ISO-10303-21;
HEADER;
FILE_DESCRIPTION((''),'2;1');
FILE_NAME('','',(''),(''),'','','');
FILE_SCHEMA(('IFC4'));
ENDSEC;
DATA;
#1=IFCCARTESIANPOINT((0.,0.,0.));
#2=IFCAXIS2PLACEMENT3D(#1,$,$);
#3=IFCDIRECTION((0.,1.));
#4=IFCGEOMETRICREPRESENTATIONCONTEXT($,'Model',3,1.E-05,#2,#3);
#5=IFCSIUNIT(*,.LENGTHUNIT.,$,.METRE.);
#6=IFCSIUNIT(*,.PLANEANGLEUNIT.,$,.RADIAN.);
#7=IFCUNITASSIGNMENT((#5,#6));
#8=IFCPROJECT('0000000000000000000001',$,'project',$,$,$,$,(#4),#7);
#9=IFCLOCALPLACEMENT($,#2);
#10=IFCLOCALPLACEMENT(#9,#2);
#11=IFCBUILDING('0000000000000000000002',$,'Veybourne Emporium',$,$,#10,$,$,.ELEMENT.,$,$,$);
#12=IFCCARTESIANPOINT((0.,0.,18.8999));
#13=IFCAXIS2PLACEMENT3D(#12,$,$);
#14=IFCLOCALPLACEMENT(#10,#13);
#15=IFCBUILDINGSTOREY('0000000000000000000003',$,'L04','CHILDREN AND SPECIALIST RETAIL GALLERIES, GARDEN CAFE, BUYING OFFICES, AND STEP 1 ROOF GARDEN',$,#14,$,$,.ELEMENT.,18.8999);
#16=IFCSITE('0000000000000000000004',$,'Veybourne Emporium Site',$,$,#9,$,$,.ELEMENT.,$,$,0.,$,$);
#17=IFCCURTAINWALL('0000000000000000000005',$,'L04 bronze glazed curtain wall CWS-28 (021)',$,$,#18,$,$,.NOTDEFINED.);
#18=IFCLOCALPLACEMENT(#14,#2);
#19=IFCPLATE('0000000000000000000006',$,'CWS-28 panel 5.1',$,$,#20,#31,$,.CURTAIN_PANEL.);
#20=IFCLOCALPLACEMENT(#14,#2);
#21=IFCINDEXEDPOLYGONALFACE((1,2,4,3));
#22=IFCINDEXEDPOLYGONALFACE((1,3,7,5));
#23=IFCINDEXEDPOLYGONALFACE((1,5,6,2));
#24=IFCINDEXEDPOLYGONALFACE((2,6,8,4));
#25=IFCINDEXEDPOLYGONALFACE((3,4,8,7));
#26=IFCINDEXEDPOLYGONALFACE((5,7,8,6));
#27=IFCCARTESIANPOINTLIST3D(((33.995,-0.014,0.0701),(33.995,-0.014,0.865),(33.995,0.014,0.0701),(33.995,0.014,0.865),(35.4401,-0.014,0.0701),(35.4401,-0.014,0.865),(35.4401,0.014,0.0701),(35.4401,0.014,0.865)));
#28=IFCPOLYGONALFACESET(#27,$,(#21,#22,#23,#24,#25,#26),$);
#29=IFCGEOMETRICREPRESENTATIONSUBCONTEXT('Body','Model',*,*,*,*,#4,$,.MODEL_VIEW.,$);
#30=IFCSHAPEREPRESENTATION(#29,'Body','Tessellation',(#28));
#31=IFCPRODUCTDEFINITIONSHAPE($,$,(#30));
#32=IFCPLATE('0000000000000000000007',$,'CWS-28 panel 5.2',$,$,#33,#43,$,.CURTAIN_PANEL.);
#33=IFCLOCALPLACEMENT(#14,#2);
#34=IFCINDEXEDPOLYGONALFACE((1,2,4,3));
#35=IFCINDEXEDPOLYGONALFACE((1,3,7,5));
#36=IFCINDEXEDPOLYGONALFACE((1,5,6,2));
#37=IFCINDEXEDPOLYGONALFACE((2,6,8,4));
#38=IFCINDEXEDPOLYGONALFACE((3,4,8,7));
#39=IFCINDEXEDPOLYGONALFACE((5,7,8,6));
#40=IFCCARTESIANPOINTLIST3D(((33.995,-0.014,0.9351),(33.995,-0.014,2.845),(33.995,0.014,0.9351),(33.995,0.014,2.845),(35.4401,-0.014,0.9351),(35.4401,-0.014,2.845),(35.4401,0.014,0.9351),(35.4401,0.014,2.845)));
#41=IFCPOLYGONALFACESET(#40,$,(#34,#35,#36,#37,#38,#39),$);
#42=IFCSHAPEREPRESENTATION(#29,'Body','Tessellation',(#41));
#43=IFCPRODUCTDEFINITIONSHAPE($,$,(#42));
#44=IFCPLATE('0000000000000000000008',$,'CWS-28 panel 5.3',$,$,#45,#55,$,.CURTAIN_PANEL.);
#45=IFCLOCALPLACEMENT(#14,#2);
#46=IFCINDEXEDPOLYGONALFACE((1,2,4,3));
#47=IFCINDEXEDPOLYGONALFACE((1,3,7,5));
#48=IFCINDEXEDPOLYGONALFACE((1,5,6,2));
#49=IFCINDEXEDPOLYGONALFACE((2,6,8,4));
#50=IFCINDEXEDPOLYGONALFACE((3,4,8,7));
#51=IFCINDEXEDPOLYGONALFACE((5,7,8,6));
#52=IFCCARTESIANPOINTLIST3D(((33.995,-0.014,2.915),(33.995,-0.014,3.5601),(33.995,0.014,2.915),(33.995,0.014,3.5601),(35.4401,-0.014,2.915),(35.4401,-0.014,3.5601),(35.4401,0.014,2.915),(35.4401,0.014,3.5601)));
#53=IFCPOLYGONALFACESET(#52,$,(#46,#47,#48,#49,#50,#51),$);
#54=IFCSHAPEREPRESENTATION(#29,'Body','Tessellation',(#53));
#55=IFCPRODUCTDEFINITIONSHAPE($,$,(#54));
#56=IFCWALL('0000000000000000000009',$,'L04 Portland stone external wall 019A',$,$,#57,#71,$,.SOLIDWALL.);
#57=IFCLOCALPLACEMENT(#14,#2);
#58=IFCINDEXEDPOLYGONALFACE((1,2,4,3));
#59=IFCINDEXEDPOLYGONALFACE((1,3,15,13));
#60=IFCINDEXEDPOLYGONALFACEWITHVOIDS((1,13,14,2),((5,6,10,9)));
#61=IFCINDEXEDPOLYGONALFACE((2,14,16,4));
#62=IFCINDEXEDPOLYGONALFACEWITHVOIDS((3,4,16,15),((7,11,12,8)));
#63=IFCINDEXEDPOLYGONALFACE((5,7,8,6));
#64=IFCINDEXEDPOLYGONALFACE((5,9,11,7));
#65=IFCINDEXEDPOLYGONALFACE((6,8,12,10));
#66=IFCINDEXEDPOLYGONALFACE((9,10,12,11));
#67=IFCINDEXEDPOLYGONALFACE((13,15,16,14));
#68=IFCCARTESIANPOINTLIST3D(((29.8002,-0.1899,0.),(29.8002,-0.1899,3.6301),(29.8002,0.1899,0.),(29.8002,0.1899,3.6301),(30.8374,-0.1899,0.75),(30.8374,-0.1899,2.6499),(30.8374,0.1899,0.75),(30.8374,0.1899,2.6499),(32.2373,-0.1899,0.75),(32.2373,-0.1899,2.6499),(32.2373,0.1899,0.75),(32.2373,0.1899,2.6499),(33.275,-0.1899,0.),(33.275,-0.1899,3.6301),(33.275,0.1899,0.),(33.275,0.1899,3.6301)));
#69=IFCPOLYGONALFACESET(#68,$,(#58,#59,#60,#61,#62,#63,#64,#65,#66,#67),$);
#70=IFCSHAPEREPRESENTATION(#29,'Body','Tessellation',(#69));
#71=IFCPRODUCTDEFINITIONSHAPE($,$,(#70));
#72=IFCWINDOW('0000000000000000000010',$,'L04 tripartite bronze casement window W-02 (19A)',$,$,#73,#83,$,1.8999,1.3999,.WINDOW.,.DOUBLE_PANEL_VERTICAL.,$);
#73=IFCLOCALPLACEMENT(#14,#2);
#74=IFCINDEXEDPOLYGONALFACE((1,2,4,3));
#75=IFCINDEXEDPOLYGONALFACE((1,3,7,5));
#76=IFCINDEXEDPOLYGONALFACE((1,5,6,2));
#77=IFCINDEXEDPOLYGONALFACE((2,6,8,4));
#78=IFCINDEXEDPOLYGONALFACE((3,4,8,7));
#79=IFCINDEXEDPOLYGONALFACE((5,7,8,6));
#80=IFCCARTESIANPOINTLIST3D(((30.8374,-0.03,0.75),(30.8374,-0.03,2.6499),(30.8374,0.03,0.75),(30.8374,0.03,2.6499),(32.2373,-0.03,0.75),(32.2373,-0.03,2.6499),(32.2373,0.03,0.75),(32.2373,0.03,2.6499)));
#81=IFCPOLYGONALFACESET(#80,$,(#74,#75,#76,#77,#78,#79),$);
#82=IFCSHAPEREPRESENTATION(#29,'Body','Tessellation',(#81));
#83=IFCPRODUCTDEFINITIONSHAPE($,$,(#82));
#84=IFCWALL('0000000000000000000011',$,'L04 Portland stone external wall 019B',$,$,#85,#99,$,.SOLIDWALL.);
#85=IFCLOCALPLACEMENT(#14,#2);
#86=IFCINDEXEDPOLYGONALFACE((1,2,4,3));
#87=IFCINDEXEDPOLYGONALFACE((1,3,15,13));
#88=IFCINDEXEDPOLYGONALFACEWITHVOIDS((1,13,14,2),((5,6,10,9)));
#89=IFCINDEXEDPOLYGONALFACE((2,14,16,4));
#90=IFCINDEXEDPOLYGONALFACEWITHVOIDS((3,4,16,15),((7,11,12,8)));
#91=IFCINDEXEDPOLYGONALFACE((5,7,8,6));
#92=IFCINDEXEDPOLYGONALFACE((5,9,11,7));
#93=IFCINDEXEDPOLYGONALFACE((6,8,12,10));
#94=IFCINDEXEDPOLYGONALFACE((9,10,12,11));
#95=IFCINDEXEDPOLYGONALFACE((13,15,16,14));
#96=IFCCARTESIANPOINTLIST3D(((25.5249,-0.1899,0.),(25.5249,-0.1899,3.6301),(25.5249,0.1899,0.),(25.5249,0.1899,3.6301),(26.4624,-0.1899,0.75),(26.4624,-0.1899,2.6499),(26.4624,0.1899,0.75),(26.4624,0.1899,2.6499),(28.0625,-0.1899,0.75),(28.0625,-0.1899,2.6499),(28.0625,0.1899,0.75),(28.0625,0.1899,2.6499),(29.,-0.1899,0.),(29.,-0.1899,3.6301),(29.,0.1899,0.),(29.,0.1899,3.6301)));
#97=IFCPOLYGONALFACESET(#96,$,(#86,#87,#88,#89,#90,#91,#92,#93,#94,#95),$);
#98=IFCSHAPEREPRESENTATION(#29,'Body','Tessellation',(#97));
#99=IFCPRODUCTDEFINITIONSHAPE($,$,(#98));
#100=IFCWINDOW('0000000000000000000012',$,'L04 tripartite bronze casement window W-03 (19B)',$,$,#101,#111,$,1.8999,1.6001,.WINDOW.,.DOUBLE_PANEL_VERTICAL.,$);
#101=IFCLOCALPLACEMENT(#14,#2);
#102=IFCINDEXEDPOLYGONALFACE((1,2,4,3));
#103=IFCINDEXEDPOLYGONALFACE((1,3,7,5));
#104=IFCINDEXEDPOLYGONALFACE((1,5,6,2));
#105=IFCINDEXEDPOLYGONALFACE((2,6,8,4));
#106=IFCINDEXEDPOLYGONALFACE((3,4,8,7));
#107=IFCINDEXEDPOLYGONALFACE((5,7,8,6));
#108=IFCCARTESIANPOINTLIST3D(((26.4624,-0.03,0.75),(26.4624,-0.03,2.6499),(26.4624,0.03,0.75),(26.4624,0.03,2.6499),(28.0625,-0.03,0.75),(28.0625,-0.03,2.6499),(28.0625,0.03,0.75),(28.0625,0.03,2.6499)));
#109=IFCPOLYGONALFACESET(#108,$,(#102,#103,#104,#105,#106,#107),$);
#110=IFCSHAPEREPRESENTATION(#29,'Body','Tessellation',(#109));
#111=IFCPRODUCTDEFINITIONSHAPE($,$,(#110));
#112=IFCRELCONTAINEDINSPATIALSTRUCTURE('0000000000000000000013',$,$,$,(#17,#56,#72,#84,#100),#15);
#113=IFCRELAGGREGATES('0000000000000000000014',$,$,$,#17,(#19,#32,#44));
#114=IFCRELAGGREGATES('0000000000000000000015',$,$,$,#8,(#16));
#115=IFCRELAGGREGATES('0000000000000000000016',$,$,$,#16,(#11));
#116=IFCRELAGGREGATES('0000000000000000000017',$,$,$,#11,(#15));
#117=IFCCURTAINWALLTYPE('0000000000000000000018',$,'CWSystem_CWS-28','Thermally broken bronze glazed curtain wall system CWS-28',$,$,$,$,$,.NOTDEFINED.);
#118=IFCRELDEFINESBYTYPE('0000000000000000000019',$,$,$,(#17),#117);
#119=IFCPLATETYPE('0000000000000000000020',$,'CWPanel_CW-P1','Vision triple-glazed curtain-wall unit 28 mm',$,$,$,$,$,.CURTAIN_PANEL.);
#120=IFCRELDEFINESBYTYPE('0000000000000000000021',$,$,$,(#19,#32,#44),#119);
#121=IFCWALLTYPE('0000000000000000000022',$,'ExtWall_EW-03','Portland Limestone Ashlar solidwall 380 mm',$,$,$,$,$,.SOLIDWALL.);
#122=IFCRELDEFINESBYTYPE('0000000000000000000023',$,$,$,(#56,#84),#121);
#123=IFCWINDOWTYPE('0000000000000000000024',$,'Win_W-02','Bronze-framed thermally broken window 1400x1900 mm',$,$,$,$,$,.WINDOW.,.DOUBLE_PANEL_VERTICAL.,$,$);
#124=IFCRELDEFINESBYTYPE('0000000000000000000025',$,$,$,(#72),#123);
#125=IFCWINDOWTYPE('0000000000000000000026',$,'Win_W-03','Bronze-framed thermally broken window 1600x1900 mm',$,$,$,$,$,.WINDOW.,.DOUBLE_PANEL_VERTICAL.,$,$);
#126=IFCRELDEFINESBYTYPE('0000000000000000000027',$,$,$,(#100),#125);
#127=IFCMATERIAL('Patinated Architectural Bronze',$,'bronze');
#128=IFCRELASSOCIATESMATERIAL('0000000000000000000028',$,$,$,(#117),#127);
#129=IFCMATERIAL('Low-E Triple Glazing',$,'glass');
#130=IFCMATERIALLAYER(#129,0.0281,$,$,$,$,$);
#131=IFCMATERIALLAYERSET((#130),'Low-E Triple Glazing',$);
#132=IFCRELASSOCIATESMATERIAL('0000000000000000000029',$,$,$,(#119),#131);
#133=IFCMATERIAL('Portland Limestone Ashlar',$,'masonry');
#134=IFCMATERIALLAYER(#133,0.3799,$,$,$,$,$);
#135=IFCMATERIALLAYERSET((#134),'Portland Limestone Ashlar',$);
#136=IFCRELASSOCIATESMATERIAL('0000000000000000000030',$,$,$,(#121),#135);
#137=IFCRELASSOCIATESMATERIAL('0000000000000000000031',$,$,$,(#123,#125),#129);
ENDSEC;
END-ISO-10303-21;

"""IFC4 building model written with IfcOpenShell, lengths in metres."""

from ifc_helpers import new_model, si_unit, direction, frame, frame_2d, origin, origin_2d, place, context, subcontext, project, spatial, rectangle, extrude, material, layer, layer_set, type_object, element, fill, aggregate, save


model = new_model("IFC4")

# Units and contexts
model_context = context("Model", 3, precision=1e-05, world=origin(), true_north=direction((0.0, 1.0)))
body_context = subcontext(model_context, "Body", "Model", "MODEL_VIEW")
ifc_project = project(units=[si_unit("LENGTHUNIT", "METRE"), si_unit("PLANEANGLEUNIT", "RADIAN")], contexts=[model_context])

# Site, building, storey
site_placement = place(None, origin())
site = spatial("IfcSite", under=ifc_project, at=site_placement, Name="Veybourne Emporium Site", CompositionType="ELEMENT", RefElevation=0.0)
building_placement = place(site_placement, origin())
building = spatial("IfcBuilding", under=site, at=building_placement, Name="Veybourne Emporium", CompositionType="ELEMENT")
storey_placement = place(building_placement, frame((0.0, 0.0, 18.8999)))
storey = spatial("IfcBuildingStorey", under=building, at=storey_placement, Name="L04", Description="CHILDREN AND SPECIALIST RETAIL GALLERIES, GARDEN CAFE, BUYING OFFICES, AND STEP 1 ROOF GARDEN", CompositionType="ELEMENT", Elevation=18.8999)

# Curtain wall
ifc_material_1 = material(Name="Patinated Architectural Bronze", Category="bronze")
curtain_wall_type = type_object("IfcCurtainWallType", Name="CWSystem_CWS-28", Description="Thermally broken bronze glazed curtain wall system CWS-28", PredefinedType="NOTDEFINED", material=ifc_material_1)
curtain_wall_placement = place(storey_placement, origin())
curtain_wall = element("IfcCurtainWall", 1, at=curtain_wall_placement, inside=storey, type_object=curtain_wall_type, Name="L04 bronze glazed curtain wall CWS-28 (021)", PredefinedType="NOTDEFINED")

# Plates
ifc_material_2 = material(Name="Low-E Triple Glazing", Category="glass")
ifc_layer_1 = layer(ifc_material_2, 0.0281)
ifc_layer_set_1 = layer_set([ifc_layer_1], Name="Low-E Triple Glazing")
plate_type = type_object("IfcPlateType", Name="CWPanel_CW-P1", Description="Vision triple-glazed curtain-wall unit 28 mm", PredefinedType="CURTAIN_PANEL", material=ifc_layer_set_1)
plate_1_placement = place(storey_placement, frame((34.7175, 0.0, 0.0701), z_axis=(0.0, 0.0, 1.0), x_axis=(-1.0, 0.0, 0.0)))
plate_1 = element("IfcPlate", 2, at=plate_1_placement, type_object=plate_type, Name="CWS-28 panel 5.1", PredefinedType="CURTAIN_PANEL", context=body_context, shape_type="SweptSolid", body=[
    extrude(rectangle(XDim=1.4451, YDim=0.0281, at=origin_2d()), origin(), (0.0, 0.0, 1.0), 0.7949),
])
plate_2_placement = place(storey_placement, frame((34.7175, 0.0, 0.9351), z_axis=(0.0, 0.0, 1.0), x_axis=(-1.0, 0.0, 0.0)))
plate_2 = element("IfcPlate", 3, at=plate_2_placement, type_object=plate_type, Name="CWS-28 panel 5.2", PredefinedType="CURTAIN_PANEL", context=body_context, shape_type="SweptSolid", body=[
    extrude(rectangle(XDim=1.4451, YDim=0.0281, at=origin_2d()), origin(), (0.0, 0.0, 1.0), 1.9099),
])
plate_3_placement = place(storey_placement, frame((34.7175, 0.0, 2.915), z_axis=(0.0, 0.0, 1.0), x_axis=(-1.0, 0.0, 0.0)))
plate_3 = element("IfcPlate", 4, at=plate_3_placement, type_object=plate_type, Name="CWS-28 panel 5.3", PredefinedType="CURTAIN_PANEL", context=body_context, shape_type="SweptSolid", body=[
    extrude(rectangle(XDim=1.4451, YDim=0.0281, at=origin_2d()), origin(), (0.0, 0.0, 1.0), 0.645),
])
aggregate(curtain_wall, [plate_1, plate_2, plate_3])

# Walls, openings, windows
ifc_material_3 = material(Name="Portland Limestone Ashlar", Category="masonry")
ifc_layer_2 = layer(ifc_material_3, 0.3799)
ifc_layer_set_2 = layer_set([ifc_layer_2], Name="Portland Limestone Ashlar")
wall_type = type_object("IfcWallType", Name="ExtWall_EW-03", Description="Portland Limestone Ashlar solidwall 380 mm", PredefinedType="SOLIDWALL", material=ifc_layer_set_2)
wall_1_placement = place(storey_placement, frame((33.2749, 0.0, 0.0), z_axis=(0.0, 0.0, 1.0), x_axis=(-1.0, 0.0, 0.0)))
wall_1 = element("IfcWall", 5, at=wall_1_placement, inside=storey, type_object=wall_type, Name="L04 Portland stone external wall 019A", PredefinedType="SOLIDWALL", context=body_context, shape_type="SweptSolid", body=[
    extrude(rectangle(XDim=3.4749, YDim=0.3799, at=frame_2d((1.7373, 0.0))), origin(), (0.0, 0.0, 1.0), 3.6301),
])
opening_1_placement = place(wall_1_placement, frame((1.0376, 0.0, 0.75)))
opening_1 = element("IfcOpeningElement", 6, at=opening_1_placement, cuts=wall_1, PredefinedType="OPENING", context=body_context, shape_type="SweptSolid", body=[
    extrude(rectangle(XDim=1.3999, YDim=1.8999, at=frame_2d((0.7, 0.95))), frame((0.0, 0.21, 0.0), z_axis=(0.0, -1.0, 0.0), x_axis=(1.0, 0.0, 0.0)), (0.0, 0.0, 1.0), 0.4199),
])
window_type_1 = type_object("IfcWindowType", Name="Win_W-02", Description="Bronze-framed thermally broken window 1400x1900 mm", PartitioningType="DOUBLE_PANEL_VERTICAL", PredefinedType="WINDOW", material=ifc_material_2)
window_1_placement = place(opening_1_placement, origin())
window_1 = element("IfcWindow", 7, at=window_1_placement, inside=storey, type_object=window_type_1, Name="L04 tripartite bronze casement window W-02 (19A)", OverallHeight=1.8999, OverallWidth=1.3999, PartitioningType="DOUBLE_PANEL_VERTICAL", PredefinedType="WINDOW", context=body_context, shape_type="SweptSolid", body=[
    extrude(rectangle(XDim=1.3999, YDim=1.8999, at=frame_2d((0.7, 0.95))), frame((0.0, 0.03, 0.0), z_axis=(0.0, -1.0, 0.0), x_axis=(1.0, 0.0, 0.0)), (0.0, 0.0, 1.0), 0.0601),
])
fill(opening_1, window_1)
wall_2_placement = place(storey_placement, frame((29.0, 0.0, 0.0), z_axis=(0.0, 0.0, 1.0), x_axis=(-1.0, 0.0, 0.0)))
wall_2 = element("IfcWall", 8, at=wall_2_placement, inside=storey, type_object=wall_type, Name="L04 Portland stone external wall 019B", PredefinedType="SOLIDWALL", context=body_context, shape_type="SweptSolid", body=[
    extrude(rectangle(XDim=3.4751, YDim=0.3799, at=frame_2d((1.7375, 0.0))), origin(), (0.0, 0.0, 1.0), 3.6301),
])
opening_2_placement = place(wall_2_placement, frame((0.9375, 0.0, 0.75)))
opening_2 = element("IfcOpeningElement", 9, at=opening_2_placement, cuts=wall_2, PredefinedType="OPENING", context=body_context, shape_type="SweptSolid", body=[
    extrude(rectangle(XDim=1.6001, YDim=1.8999, at=frame_2d((0.8, 0.95))), frame((0.0, 0.21, 0.0), z_axis=(0.0, -1.0, 0.0), x_axis=(1.0, 0.0, 0.0)), (0.0, 0.0, 1.0), 0.4199),
])
window_type_2 = type_object("IfcWindowType", Name="Win_W-03", Description="Bronze-framed thermally broken window 1600x1900 mm", PartitioningType="DOUBLE_PANEL_VERTICAL", PredefinedType="WINDOW", material=ifc_material_2)
window_2_placement = place(opening_2_placement, origin())
window_2 = element("IfcWindow", 10, at=window_2_placement, inside=storey, type_object=window_type_2, Name="L04 tripartite bronze casement window W-03 (19B)", OverallHeight=1.8999, OverallWidth=1.6001, PartitioningType="DOUBLE_PANEL_VERTICAL", PredefinedType="WINDOW", context=body_context, shape_type="SweptSolid", body=[
    extrude(rectangle(XDim=1.6001, YDim=1.8999, at=frame_2d((0.8, 0.95))), frame((0.0, 0.03, 0.0), z_axis=(0.0, -1.0, 0.0), x_axis=(1.0, 0.0, 0.0)), (0.0, 0.0, 1.0), 0.0601),
])
fill(opening_2, window_2)

save(model, "model.ifc")
